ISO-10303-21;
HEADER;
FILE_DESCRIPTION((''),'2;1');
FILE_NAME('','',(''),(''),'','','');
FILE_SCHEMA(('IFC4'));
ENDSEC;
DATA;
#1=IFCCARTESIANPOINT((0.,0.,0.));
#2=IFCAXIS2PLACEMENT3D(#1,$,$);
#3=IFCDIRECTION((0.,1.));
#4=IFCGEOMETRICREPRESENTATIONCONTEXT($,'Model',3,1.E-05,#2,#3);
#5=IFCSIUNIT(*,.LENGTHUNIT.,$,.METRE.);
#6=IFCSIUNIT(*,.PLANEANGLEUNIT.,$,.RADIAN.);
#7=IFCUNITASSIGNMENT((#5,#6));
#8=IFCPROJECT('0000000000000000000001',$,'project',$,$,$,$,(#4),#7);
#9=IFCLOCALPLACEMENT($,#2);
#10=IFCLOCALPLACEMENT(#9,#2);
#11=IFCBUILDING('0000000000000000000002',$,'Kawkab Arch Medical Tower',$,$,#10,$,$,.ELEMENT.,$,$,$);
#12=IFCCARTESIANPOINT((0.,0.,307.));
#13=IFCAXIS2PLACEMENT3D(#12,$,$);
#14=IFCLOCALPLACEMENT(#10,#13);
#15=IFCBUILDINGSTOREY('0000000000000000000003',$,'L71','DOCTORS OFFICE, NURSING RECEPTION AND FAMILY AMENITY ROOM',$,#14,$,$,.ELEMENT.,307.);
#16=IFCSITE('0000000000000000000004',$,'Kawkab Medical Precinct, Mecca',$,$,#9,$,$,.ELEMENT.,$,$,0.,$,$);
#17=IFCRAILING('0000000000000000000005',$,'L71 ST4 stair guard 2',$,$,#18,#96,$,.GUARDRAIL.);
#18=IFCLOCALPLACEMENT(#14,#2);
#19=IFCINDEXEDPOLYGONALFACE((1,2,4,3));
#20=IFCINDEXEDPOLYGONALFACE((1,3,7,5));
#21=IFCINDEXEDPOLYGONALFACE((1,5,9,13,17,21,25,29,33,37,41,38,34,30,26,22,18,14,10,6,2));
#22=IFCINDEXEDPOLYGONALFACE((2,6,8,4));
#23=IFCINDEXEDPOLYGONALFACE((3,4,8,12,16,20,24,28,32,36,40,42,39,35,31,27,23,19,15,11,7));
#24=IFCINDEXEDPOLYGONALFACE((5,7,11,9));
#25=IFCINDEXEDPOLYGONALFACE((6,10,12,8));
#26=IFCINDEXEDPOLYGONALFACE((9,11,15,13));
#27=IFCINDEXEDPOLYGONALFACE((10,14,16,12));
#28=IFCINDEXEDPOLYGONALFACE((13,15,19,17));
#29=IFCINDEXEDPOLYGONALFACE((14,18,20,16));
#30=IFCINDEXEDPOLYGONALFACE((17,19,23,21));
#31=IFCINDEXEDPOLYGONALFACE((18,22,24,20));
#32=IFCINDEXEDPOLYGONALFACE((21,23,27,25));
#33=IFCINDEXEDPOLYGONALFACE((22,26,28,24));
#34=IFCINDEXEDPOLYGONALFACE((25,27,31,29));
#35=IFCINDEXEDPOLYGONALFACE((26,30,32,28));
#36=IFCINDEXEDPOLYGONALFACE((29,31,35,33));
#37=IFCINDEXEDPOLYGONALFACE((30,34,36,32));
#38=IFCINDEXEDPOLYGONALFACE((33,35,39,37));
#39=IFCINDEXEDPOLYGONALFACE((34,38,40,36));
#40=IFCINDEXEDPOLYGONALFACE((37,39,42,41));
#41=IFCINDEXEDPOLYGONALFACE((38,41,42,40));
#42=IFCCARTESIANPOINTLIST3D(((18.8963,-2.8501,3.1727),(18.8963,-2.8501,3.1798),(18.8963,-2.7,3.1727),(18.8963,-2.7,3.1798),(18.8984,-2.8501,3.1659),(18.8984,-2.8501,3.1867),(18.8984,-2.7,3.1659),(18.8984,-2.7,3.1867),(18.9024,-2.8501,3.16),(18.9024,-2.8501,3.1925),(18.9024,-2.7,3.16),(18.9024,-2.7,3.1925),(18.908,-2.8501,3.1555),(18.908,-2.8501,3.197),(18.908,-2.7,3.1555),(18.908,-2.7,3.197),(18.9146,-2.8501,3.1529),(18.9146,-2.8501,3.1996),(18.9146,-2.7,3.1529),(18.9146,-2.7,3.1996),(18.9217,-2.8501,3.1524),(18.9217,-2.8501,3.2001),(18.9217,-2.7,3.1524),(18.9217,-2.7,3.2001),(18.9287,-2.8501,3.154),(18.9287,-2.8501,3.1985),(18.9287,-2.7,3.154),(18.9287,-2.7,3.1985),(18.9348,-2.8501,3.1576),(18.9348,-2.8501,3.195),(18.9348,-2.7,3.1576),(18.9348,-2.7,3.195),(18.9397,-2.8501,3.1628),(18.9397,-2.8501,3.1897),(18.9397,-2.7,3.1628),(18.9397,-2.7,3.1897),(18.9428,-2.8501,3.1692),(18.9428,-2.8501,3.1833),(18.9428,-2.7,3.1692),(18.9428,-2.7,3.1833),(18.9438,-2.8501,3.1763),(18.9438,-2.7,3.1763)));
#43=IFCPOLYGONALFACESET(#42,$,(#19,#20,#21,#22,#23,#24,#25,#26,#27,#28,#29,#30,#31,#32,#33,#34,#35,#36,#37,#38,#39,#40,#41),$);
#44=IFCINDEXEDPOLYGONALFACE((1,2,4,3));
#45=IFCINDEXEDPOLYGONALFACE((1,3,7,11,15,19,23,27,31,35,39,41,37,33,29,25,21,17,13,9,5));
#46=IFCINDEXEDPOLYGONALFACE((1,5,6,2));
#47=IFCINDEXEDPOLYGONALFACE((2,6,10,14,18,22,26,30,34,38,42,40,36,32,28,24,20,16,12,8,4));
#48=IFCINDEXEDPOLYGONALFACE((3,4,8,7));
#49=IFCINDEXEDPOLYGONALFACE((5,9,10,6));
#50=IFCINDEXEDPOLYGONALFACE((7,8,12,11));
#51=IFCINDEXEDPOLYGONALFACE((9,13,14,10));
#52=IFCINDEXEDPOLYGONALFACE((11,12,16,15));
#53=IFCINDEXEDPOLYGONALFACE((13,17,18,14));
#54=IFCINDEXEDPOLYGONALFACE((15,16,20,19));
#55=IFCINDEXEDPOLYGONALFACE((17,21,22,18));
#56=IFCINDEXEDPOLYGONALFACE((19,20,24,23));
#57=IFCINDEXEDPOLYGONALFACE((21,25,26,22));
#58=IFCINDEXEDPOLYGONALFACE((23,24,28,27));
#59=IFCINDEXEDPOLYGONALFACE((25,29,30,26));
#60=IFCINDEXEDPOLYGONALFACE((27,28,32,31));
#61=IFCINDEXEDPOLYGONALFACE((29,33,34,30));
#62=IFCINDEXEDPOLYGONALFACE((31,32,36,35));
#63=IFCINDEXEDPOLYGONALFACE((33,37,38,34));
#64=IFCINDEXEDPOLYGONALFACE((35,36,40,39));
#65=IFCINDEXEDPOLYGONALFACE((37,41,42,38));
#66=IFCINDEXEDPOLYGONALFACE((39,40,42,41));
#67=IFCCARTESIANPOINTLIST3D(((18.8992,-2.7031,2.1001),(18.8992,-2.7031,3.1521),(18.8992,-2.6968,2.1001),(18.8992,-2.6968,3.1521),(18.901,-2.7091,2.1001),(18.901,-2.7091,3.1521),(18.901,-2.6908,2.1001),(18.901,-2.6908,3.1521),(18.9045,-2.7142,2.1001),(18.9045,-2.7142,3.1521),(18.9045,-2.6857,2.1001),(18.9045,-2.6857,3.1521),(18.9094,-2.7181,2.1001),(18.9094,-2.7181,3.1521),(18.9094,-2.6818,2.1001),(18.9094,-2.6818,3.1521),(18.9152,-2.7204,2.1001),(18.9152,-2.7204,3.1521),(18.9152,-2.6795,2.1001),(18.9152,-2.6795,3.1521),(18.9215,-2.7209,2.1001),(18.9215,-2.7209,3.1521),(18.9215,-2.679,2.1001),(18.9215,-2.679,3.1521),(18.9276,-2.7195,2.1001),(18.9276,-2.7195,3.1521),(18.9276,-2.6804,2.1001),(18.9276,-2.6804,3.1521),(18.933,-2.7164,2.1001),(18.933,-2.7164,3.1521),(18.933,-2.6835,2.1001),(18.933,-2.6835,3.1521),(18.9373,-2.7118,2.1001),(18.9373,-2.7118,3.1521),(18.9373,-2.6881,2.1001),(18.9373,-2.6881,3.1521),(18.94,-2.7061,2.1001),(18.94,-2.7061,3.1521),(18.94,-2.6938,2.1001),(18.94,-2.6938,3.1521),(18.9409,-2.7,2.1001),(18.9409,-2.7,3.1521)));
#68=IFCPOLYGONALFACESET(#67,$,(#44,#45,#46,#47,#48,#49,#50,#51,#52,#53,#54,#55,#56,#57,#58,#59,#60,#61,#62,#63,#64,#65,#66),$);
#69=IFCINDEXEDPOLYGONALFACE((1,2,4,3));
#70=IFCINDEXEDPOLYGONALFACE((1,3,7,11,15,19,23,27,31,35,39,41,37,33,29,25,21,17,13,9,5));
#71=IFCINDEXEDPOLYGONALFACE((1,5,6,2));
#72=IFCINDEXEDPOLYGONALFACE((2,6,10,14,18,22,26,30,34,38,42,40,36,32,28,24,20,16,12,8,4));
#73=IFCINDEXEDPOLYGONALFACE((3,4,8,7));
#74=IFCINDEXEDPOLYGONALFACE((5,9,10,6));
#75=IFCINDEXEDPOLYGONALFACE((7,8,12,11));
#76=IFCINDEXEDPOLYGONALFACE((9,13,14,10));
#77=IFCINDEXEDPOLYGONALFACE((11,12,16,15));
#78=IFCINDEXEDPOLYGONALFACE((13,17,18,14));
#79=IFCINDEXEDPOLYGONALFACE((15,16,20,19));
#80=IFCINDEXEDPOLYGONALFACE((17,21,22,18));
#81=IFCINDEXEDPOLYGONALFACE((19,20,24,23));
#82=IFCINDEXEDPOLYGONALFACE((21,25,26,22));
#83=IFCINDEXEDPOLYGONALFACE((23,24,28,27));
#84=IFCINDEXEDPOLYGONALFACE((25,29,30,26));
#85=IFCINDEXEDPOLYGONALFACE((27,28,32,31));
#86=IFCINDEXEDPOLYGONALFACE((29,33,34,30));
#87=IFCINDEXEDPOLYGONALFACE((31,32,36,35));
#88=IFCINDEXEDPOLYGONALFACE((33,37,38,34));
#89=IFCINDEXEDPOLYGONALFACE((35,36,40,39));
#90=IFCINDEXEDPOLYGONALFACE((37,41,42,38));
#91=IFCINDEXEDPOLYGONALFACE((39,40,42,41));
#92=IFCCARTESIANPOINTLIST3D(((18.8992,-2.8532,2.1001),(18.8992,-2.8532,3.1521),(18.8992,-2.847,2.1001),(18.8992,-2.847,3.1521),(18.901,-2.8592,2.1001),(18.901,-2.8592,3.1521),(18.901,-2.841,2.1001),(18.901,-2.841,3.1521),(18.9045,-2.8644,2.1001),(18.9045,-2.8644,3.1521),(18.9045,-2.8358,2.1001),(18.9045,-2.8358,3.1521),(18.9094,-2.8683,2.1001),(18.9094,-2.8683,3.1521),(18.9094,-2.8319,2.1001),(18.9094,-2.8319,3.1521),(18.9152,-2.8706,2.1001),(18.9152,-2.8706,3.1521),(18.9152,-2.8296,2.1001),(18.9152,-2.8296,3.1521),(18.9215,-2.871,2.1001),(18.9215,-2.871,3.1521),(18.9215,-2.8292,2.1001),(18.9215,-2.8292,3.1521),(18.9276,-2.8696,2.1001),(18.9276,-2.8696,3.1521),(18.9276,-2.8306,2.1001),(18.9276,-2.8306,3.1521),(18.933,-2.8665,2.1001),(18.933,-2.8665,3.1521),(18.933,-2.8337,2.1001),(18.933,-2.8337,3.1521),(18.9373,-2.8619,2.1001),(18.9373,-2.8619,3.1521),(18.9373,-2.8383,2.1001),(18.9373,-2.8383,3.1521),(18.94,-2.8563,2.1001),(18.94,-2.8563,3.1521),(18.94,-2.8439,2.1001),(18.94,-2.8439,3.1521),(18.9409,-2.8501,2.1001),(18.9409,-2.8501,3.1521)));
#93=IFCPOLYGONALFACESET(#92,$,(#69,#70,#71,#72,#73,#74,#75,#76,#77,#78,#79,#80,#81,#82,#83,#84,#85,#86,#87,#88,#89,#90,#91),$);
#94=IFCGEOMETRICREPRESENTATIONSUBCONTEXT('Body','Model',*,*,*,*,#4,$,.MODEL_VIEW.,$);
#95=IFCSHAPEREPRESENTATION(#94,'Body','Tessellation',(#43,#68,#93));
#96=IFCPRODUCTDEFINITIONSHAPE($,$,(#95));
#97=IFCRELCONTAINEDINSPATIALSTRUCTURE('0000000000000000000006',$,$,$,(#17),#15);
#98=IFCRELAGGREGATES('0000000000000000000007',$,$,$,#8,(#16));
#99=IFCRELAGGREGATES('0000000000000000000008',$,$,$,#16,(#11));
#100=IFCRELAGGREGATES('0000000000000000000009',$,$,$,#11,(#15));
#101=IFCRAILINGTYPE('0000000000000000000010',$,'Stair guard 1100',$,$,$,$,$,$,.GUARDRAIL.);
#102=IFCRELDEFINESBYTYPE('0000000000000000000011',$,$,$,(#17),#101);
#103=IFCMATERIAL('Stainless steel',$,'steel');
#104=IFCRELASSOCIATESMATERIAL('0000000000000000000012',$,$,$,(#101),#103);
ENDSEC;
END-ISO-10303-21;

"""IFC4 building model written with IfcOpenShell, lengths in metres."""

from ifc_helpers import new_model, si_unit, direction, frame, origin, origin_2d, place, context, subcontext, project, spatial, circle, extrude, material, type_object, element, save


model = new_model("IFC4")

# Units and contexts
model_context = context("Model", 3, precision=1e-05, world=origin(), true_north=direction((0.0, 1.0)))
body_context = subcontext(model_context, "Body", "Model", "MODEL_VIEW")
ifc_project = project(units=[si_unit("LENGTHUNIT", "METRE"), si_unit("PLANEANGLEUNIT", "RADIAN")], contexts=[model_context])

# Site, building, storey
site_placement = place(None, origin())
site = spatial("IfcSite", under=ifc_project, at=site_placement, Name="Kawkab Medical Precinct, Mecca", CompositionType="ELEMENT", RefElevation=0.0)
building_placement = place(site_placement, origin())
building = spatial("IfcBuilding", under=site, at=building_placement, Name="Kawkab Arch Medical Tower", CompositionType="ELEMENT")
storey_placement = place(building_placement, frame((0.0, 0.0, 307.0)))
storey = spatial("IfcBuildingStorey", under=building, at=storey_placement, Name="L71", Description="DOCTORS OFFICE, NURSING RECEPTION AND FAMILY AMENITY ROOM", CompositionType="ELEMENT", Elevation=307.0)

# Railing
ifc_material_1 = material(Name="Stainless steel", Category="steel")
railing_type_1 = type_object("IfcRailingType", Name="Stair guard 1100", PredefinedType="GUARDRAIL", material=ifc_material_1)
railing_1_placement = place(storey_placement, frame((18.9199, -2.7, 2.1001)))
element("IfcRailing", 1, at=railing_1_placement, inside=storey, type_object=railing_type_1, Name="L71 ST4 stair guard 2", PredefinedType="GUARDRAIL", context=body_context, shape_type="SweptSolid", body=[
    extrude(circle(Radius=0.0239, at=origin_2d()), frame((0.0, 0.0, 1.0762), z_axis=(0.0, -1.0, 0.0), x_axis=(1.0, 0.0, 0.0)), (0.0, 0.0, 1.0), 0.1501),
    extrude(circle(Radius=0.021, at=origin_2d()), origin(), (0.0, 0.0, 1.0), 1.052),
    extrude(circle(Radius=0.021, at=origin_2d()), frame((0.0, -0.1501, 0.0)), (0.0, 0.0, 1.0), 1.052),
])

save(model, "model.ifc")
